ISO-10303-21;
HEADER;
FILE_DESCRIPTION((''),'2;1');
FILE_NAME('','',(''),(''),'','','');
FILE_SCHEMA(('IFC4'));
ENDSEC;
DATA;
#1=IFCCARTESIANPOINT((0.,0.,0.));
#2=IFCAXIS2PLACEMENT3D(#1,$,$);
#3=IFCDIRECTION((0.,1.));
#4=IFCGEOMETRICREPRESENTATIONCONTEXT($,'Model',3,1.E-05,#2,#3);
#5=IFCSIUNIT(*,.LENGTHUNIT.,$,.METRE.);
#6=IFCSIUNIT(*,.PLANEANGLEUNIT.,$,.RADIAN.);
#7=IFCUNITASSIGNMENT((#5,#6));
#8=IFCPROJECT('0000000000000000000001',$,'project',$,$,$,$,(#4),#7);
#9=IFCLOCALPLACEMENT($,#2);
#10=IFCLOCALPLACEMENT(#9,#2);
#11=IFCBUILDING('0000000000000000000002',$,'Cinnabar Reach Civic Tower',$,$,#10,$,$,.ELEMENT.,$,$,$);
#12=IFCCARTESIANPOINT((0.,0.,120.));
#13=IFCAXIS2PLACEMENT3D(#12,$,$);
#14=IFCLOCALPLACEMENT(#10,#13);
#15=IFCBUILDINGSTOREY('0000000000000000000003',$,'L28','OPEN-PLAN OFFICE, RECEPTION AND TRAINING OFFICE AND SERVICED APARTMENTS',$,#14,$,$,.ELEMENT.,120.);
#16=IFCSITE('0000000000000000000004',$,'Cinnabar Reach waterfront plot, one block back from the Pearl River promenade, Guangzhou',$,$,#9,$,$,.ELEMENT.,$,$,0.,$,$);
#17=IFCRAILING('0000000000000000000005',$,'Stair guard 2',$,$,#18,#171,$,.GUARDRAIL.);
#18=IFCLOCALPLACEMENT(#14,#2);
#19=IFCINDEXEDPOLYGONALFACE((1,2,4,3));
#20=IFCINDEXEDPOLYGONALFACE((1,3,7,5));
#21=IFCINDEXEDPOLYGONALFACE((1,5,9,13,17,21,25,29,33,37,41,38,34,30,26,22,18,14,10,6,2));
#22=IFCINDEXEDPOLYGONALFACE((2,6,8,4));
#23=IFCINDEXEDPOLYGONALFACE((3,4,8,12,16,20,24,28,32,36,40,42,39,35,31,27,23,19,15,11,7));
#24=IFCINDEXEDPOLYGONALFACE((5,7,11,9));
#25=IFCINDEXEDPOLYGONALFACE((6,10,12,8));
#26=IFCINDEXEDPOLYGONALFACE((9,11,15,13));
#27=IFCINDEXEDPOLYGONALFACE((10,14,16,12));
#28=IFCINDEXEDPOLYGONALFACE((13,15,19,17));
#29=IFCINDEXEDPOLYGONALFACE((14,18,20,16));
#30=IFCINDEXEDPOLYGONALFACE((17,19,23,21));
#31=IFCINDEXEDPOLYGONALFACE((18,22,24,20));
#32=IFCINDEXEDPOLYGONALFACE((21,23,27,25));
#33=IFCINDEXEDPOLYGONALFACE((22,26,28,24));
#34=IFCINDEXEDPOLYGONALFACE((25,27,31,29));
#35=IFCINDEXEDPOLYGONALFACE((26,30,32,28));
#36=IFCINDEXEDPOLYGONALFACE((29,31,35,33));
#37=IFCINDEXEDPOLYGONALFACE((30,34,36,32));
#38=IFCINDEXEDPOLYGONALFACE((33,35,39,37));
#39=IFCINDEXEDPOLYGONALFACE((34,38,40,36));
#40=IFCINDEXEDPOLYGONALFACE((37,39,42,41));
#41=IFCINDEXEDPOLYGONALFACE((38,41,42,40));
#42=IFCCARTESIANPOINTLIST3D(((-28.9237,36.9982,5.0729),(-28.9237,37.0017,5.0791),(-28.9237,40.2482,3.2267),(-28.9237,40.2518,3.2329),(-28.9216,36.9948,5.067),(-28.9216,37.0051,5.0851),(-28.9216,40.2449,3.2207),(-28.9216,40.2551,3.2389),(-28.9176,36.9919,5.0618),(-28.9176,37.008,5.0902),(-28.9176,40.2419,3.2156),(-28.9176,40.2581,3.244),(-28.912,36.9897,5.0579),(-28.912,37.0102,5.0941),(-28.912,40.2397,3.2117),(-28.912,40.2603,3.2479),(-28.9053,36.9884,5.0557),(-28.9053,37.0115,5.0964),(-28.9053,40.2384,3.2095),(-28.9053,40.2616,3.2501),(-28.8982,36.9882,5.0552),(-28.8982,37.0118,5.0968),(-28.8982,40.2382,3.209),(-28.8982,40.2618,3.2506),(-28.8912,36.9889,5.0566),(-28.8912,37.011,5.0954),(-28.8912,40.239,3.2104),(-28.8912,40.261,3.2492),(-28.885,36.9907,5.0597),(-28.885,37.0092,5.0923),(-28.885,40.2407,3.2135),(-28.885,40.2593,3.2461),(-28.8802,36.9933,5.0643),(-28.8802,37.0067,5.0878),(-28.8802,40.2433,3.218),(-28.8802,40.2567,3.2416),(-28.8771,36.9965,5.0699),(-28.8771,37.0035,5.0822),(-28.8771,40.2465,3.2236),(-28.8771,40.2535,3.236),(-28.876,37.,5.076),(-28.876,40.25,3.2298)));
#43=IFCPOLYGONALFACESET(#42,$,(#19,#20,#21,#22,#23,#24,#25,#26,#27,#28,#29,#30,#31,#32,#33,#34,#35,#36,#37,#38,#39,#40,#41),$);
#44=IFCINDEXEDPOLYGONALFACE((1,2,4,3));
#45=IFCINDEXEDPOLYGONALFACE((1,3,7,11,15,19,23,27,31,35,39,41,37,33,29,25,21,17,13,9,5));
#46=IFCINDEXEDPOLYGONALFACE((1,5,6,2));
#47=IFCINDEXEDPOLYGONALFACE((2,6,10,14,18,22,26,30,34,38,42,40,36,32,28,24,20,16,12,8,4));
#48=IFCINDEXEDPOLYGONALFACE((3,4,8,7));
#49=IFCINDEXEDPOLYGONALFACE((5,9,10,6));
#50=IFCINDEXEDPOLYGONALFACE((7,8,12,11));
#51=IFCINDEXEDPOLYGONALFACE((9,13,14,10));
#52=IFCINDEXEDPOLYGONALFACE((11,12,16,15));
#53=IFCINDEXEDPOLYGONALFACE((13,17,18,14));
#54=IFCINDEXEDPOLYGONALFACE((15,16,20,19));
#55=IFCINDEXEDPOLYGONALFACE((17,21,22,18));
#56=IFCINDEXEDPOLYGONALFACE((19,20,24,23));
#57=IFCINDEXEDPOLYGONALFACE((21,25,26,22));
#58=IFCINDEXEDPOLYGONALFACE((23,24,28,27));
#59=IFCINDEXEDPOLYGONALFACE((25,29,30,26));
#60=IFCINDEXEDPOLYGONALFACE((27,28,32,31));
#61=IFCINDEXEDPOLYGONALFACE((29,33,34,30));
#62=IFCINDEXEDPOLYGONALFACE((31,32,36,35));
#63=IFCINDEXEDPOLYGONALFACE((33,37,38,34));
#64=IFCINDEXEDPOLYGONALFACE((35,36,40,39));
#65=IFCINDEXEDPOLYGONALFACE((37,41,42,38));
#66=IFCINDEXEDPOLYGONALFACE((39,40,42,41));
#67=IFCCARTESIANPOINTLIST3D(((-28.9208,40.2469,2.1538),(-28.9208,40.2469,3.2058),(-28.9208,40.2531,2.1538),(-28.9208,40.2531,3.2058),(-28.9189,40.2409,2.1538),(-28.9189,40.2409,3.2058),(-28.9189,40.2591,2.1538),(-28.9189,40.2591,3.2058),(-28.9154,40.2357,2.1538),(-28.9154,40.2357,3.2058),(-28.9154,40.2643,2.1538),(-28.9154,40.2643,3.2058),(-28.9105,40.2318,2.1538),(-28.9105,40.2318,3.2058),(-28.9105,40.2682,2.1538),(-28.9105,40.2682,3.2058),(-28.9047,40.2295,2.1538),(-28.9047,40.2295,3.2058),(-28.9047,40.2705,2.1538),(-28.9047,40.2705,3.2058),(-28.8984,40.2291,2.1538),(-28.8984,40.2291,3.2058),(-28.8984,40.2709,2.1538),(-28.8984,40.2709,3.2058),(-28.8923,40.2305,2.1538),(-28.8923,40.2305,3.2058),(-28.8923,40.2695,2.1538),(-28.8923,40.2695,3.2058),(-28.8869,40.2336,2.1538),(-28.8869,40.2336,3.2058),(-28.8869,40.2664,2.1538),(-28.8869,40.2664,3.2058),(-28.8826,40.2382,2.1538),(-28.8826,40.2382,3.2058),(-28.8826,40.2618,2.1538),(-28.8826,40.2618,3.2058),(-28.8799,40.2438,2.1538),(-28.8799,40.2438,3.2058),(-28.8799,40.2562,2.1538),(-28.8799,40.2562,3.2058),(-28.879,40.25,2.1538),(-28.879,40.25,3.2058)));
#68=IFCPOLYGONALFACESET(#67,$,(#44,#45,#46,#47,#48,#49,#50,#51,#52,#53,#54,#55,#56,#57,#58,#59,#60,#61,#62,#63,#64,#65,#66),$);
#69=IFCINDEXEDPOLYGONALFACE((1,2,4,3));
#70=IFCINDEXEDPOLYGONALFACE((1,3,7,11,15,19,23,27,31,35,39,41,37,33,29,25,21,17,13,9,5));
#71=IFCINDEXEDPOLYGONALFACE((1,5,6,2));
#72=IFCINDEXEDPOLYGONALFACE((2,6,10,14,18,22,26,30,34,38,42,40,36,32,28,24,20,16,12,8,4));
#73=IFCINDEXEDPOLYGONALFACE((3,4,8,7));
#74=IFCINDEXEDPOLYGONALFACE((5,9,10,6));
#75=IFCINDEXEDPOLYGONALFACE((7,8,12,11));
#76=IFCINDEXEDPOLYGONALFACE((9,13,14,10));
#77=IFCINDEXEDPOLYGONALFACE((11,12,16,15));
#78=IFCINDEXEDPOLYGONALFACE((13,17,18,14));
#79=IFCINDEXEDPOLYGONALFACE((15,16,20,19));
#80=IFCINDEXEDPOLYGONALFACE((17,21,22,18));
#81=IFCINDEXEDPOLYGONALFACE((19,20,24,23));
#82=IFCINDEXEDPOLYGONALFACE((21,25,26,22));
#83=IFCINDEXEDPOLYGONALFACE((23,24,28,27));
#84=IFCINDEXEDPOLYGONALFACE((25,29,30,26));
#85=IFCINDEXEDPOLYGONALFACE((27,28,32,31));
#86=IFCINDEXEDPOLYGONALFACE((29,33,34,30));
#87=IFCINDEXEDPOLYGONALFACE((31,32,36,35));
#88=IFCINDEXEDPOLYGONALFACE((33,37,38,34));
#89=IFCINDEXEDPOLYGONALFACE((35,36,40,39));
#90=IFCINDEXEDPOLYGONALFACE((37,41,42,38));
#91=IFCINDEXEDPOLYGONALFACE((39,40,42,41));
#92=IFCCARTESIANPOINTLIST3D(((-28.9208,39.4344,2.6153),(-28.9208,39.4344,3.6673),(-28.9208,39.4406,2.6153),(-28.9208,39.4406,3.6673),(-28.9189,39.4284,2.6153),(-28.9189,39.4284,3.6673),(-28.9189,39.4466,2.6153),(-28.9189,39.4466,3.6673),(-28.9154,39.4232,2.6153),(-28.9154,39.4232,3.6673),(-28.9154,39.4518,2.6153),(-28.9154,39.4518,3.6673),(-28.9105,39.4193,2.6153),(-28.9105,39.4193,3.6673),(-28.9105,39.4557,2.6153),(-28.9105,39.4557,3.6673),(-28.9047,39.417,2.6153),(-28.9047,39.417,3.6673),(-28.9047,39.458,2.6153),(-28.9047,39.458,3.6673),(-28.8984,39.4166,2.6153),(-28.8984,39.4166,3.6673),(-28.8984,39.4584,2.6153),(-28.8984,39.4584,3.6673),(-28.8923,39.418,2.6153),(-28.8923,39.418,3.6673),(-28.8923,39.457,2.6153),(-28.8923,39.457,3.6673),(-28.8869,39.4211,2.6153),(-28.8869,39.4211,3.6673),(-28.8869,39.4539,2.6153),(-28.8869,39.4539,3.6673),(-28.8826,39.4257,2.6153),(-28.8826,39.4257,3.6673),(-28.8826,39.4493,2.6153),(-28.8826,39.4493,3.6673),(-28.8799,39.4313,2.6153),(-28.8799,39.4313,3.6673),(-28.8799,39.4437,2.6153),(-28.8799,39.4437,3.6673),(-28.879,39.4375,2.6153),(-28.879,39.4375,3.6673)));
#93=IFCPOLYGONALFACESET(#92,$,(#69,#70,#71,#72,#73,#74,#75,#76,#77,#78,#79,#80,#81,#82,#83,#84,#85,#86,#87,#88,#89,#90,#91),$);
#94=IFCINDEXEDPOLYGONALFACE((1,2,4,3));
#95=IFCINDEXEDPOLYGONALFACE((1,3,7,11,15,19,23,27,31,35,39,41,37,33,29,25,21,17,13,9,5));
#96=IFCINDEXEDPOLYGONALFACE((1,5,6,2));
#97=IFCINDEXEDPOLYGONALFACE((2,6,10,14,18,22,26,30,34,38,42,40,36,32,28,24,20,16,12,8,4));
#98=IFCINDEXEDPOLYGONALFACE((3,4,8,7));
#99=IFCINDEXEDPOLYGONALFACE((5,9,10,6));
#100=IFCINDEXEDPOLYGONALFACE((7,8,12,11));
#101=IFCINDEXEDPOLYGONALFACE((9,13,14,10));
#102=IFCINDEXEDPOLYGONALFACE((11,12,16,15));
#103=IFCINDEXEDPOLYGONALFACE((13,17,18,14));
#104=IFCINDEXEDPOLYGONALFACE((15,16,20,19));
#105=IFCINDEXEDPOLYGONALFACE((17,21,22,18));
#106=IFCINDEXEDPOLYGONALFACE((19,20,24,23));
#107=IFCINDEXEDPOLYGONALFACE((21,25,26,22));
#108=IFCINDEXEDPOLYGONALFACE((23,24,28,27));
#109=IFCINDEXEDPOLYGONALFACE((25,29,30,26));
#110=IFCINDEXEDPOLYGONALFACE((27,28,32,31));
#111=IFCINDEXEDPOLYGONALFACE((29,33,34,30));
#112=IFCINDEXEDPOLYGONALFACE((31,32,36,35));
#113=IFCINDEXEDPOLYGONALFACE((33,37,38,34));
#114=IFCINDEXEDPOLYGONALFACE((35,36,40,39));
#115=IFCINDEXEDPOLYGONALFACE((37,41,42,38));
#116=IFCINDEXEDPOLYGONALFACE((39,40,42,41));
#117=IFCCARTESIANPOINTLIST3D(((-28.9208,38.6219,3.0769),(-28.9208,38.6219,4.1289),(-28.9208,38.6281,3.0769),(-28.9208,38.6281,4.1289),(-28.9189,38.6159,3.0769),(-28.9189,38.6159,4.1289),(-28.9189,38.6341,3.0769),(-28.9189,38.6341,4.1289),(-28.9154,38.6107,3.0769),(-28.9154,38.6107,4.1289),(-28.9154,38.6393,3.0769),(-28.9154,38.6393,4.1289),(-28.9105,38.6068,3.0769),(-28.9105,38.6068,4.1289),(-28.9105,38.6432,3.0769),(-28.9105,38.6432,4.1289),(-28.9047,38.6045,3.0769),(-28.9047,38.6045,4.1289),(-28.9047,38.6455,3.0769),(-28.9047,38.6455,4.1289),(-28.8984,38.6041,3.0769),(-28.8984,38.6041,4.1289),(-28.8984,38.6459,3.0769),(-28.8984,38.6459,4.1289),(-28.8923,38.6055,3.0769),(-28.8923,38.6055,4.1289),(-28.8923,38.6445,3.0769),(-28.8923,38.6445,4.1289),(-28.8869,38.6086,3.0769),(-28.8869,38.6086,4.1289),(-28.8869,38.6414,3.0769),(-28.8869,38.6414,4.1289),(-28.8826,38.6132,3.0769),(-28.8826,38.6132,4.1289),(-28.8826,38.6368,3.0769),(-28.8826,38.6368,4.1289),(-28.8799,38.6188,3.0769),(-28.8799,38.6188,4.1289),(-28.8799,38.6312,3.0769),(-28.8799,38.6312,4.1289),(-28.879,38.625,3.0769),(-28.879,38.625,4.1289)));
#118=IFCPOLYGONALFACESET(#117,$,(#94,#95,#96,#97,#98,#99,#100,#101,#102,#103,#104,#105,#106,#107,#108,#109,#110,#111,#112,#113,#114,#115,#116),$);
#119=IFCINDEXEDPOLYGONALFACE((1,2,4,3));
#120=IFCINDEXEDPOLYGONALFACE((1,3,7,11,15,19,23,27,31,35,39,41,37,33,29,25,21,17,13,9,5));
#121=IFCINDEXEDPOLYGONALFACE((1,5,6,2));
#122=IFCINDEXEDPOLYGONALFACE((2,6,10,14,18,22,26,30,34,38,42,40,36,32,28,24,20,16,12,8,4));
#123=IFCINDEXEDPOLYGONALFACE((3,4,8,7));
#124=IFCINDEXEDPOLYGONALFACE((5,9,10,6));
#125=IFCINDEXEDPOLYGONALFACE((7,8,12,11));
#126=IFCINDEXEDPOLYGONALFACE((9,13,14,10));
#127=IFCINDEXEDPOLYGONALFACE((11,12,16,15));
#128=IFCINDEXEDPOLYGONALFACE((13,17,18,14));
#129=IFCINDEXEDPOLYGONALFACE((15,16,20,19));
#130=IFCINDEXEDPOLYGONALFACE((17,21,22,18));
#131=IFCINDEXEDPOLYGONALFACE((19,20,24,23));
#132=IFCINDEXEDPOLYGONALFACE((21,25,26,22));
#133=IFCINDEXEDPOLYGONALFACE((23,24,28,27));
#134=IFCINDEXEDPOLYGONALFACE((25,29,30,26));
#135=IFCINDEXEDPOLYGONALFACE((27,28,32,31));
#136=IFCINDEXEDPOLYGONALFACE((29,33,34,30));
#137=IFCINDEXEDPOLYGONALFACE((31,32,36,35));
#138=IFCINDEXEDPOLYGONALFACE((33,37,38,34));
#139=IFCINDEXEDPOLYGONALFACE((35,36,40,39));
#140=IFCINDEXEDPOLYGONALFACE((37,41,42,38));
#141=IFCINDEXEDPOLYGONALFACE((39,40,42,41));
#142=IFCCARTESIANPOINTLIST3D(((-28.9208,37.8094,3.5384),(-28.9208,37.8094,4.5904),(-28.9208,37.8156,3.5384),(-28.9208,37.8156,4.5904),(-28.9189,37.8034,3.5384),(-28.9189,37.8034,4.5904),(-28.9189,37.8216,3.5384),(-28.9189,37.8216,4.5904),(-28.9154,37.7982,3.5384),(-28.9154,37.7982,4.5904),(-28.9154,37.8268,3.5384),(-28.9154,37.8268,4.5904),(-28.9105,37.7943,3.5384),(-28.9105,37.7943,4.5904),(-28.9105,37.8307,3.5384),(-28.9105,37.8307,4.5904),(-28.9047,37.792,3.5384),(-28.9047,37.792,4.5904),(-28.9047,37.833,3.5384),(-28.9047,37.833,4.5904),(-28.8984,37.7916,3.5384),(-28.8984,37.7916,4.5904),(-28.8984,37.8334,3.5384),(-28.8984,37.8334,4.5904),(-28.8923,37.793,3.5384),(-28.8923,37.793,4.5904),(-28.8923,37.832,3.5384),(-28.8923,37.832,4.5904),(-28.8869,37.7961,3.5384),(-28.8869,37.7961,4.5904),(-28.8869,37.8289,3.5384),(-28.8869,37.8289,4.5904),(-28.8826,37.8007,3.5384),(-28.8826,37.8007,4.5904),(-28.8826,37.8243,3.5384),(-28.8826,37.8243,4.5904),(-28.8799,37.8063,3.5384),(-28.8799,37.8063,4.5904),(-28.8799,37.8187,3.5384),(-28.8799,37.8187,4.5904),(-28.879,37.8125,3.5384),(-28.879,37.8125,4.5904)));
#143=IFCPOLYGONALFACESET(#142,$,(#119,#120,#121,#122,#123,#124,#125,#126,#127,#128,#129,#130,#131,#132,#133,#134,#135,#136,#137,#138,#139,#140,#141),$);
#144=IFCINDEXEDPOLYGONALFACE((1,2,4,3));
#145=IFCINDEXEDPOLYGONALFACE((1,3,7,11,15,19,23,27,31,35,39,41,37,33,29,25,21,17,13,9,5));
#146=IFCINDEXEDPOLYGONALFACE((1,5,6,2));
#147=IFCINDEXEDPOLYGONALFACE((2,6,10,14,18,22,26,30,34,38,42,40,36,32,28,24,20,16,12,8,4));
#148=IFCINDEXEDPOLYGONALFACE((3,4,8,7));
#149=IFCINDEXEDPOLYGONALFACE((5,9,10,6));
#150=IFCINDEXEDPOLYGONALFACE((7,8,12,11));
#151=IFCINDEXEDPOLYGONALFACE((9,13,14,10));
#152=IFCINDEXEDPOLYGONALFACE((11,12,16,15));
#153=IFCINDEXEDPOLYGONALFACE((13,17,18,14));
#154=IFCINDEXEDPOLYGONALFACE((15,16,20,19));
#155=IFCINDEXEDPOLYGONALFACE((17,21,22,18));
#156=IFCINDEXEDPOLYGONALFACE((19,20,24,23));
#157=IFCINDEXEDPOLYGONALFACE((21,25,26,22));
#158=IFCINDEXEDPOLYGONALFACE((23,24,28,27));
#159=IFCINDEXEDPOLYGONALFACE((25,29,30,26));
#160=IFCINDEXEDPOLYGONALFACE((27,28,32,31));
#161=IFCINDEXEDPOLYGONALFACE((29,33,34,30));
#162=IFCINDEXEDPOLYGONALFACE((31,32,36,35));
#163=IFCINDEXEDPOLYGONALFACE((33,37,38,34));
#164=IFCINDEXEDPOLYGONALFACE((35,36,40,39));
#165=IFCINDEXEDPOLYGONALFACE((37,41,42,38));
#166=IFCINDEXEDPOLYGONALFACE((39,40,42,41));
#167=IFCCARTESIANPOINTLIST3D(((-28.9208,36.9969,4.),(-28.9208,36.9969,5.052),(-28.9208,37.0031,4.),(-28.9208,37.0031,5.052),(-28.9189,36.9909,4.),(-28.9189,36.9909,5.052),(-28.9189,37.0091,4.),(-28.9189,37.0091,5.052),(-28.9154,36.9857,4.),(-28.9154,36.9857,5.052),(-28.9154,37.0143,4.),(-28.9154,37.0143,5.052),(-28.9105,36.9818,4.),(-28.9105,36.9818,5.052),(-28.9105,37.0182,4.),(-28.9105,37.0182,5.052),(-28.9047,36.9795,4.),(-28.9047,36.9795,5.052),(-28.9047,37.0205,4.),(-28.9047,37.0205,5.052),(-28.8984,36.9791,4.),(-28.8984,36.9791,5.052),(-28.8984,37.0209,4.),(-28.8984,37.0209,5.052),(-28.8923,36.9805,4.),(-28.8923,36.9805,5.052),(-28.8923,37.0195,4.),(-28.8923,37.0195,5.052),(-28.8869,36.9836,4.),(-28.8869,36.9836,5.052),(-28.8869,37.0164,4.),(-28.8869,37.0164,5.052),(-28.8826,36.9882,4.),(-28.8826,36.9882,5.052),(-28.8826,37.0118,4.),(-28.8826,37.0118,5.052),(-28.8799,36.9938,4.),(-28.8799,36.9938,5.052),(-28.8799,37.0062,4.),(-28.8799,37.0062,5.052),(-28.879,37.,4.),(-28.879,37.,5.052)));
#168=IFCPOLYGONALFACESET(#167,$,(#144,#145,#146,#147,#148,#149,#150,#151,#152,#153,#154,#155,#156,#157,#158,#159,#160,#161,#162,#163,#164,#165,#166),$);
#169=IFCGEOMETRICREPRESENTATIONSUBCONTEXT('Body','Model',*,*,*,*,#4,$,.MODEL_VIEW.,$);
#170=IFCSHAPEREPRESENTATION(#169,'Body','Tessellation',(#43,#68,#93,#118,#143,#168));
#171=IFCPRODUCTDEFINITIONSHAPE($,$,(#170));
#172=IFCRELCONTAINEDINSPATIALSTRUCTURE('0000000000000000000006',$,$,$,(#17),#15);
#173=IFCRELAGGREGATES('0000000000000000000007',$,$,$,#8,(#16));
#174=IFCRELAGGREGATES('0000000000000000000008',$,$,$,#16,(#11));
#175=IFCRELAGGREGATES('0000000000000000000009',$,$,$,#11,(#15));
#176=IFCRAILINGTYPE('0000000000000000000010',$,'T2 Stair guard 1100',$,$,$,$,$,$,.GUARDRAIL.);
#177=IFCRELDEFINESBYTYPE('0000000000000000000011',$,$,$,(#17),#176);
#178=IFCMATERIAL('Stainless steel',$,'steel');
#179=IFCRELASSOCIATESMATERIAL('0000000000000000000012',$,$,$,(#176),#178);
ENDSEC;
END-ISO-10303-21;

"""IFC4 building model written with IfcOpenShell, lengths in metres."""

from ifc_helpers import new_model, si_unit, direction, frame, origin, origin_2d, place, context, subcontext, project, spatial, circle, extrude, material, type_object, element, save


model = new_model("IFC4")

# Units and contexts
model_context = context("Model", 3, precision=1e-05, world=origin(), true_north=direction((0.0, 1.0)))
body_context = subcontext(model_context, "Body", "Model", "MODEL_VIEW")
ifc_project = project(units=[si_unit("LENGTHUNIT", "METRE"), si_unit("PLANEANGLEUNIT", "RADIAN")], contexts=[model_context])

# Site, building, storey
site_placement = place(None, origin())
site = spatial("IfcSite", under=ifc_project, at=site_placement, Name="Cinnabar Reach waterfront plot, one block back from the Pearl River promenade, Guangzhou", CompositionType="ELEMENT", RefElevation=0.0)
building_placement = place(site_placement, origin())
building = spatial("IfcBuilding", under=site, at=building_placement, Name="Cinnabar Reach Civic Tower", CompositionType="ELEMENT")
storey_placement = place(building_placement, frame((0.0, 0.0, 120.0)))
storey = spatial("IfcBuildingStorey", under=building, at=storey_placement, Name="L28", Description="OPEN-PLAN OFFICE, RECEPTION AND TRAINING OFFICE AND SERVICED APARTMENTS", CompositionType="ELEMENT", Elevation=120.0)

# Railing
ifc_material_1 = material(Name="Stainless steel", Category="steel")
railing_type = type_object("IfcRailingType", Name="T2 Stair guard 1100", PredefinedType="GUARDRAIL", material=ifc_material_1)
railing_1_placement = place(storey_placement, frame((-28.9, 40.25, 2.1538)))
element("IfcRailing", 1, at=railing_1_placement, inside=storey, type_object=railing_type, Name="Stair guard 2", PredefinedType="GUARDRAIL", context=body_context, shape_type="SweptSolid", body=[
    extrude(circle(Radius=0.024, at=origin_2d()), frame((0.0, 0.0, 1.076), z_axis=(0.0, -0.869501, 0.49393), x_axis=(1.0, 0.0, 0.0)), (0.0, 0.0, 1.0), 3.7378),
    extrude(circle(Radius=0.021, at=origin_2d()), origin(), (0.0, 0.0, 1.0), 1.052),
    extrude(circle(Radius=0.021, at=origin_2d()), frame((0.0, -0.8125, 0.4615)), (0.0, 0.0, 1.0), 1.052),
    extrude(circle(Radius=0.021, at=origin_2d()), frame((0.0, -1.625, 0.9231)), (0.0, 0.0, 1.0), 1.052),
    extrude(circle(Radius=0.021, at=origin_2d()), frame((0.0, -2.4375, 1.3846)), (0.0, 0.0, 1.0), 1.052),
    extrude(circle(Radius=0.021, at=origin_2d()), frame((0.0, -3.25, 1.8462)), (0.0, 0.0, 1.0), 1.052),
])

save(model, "model.ifc")
